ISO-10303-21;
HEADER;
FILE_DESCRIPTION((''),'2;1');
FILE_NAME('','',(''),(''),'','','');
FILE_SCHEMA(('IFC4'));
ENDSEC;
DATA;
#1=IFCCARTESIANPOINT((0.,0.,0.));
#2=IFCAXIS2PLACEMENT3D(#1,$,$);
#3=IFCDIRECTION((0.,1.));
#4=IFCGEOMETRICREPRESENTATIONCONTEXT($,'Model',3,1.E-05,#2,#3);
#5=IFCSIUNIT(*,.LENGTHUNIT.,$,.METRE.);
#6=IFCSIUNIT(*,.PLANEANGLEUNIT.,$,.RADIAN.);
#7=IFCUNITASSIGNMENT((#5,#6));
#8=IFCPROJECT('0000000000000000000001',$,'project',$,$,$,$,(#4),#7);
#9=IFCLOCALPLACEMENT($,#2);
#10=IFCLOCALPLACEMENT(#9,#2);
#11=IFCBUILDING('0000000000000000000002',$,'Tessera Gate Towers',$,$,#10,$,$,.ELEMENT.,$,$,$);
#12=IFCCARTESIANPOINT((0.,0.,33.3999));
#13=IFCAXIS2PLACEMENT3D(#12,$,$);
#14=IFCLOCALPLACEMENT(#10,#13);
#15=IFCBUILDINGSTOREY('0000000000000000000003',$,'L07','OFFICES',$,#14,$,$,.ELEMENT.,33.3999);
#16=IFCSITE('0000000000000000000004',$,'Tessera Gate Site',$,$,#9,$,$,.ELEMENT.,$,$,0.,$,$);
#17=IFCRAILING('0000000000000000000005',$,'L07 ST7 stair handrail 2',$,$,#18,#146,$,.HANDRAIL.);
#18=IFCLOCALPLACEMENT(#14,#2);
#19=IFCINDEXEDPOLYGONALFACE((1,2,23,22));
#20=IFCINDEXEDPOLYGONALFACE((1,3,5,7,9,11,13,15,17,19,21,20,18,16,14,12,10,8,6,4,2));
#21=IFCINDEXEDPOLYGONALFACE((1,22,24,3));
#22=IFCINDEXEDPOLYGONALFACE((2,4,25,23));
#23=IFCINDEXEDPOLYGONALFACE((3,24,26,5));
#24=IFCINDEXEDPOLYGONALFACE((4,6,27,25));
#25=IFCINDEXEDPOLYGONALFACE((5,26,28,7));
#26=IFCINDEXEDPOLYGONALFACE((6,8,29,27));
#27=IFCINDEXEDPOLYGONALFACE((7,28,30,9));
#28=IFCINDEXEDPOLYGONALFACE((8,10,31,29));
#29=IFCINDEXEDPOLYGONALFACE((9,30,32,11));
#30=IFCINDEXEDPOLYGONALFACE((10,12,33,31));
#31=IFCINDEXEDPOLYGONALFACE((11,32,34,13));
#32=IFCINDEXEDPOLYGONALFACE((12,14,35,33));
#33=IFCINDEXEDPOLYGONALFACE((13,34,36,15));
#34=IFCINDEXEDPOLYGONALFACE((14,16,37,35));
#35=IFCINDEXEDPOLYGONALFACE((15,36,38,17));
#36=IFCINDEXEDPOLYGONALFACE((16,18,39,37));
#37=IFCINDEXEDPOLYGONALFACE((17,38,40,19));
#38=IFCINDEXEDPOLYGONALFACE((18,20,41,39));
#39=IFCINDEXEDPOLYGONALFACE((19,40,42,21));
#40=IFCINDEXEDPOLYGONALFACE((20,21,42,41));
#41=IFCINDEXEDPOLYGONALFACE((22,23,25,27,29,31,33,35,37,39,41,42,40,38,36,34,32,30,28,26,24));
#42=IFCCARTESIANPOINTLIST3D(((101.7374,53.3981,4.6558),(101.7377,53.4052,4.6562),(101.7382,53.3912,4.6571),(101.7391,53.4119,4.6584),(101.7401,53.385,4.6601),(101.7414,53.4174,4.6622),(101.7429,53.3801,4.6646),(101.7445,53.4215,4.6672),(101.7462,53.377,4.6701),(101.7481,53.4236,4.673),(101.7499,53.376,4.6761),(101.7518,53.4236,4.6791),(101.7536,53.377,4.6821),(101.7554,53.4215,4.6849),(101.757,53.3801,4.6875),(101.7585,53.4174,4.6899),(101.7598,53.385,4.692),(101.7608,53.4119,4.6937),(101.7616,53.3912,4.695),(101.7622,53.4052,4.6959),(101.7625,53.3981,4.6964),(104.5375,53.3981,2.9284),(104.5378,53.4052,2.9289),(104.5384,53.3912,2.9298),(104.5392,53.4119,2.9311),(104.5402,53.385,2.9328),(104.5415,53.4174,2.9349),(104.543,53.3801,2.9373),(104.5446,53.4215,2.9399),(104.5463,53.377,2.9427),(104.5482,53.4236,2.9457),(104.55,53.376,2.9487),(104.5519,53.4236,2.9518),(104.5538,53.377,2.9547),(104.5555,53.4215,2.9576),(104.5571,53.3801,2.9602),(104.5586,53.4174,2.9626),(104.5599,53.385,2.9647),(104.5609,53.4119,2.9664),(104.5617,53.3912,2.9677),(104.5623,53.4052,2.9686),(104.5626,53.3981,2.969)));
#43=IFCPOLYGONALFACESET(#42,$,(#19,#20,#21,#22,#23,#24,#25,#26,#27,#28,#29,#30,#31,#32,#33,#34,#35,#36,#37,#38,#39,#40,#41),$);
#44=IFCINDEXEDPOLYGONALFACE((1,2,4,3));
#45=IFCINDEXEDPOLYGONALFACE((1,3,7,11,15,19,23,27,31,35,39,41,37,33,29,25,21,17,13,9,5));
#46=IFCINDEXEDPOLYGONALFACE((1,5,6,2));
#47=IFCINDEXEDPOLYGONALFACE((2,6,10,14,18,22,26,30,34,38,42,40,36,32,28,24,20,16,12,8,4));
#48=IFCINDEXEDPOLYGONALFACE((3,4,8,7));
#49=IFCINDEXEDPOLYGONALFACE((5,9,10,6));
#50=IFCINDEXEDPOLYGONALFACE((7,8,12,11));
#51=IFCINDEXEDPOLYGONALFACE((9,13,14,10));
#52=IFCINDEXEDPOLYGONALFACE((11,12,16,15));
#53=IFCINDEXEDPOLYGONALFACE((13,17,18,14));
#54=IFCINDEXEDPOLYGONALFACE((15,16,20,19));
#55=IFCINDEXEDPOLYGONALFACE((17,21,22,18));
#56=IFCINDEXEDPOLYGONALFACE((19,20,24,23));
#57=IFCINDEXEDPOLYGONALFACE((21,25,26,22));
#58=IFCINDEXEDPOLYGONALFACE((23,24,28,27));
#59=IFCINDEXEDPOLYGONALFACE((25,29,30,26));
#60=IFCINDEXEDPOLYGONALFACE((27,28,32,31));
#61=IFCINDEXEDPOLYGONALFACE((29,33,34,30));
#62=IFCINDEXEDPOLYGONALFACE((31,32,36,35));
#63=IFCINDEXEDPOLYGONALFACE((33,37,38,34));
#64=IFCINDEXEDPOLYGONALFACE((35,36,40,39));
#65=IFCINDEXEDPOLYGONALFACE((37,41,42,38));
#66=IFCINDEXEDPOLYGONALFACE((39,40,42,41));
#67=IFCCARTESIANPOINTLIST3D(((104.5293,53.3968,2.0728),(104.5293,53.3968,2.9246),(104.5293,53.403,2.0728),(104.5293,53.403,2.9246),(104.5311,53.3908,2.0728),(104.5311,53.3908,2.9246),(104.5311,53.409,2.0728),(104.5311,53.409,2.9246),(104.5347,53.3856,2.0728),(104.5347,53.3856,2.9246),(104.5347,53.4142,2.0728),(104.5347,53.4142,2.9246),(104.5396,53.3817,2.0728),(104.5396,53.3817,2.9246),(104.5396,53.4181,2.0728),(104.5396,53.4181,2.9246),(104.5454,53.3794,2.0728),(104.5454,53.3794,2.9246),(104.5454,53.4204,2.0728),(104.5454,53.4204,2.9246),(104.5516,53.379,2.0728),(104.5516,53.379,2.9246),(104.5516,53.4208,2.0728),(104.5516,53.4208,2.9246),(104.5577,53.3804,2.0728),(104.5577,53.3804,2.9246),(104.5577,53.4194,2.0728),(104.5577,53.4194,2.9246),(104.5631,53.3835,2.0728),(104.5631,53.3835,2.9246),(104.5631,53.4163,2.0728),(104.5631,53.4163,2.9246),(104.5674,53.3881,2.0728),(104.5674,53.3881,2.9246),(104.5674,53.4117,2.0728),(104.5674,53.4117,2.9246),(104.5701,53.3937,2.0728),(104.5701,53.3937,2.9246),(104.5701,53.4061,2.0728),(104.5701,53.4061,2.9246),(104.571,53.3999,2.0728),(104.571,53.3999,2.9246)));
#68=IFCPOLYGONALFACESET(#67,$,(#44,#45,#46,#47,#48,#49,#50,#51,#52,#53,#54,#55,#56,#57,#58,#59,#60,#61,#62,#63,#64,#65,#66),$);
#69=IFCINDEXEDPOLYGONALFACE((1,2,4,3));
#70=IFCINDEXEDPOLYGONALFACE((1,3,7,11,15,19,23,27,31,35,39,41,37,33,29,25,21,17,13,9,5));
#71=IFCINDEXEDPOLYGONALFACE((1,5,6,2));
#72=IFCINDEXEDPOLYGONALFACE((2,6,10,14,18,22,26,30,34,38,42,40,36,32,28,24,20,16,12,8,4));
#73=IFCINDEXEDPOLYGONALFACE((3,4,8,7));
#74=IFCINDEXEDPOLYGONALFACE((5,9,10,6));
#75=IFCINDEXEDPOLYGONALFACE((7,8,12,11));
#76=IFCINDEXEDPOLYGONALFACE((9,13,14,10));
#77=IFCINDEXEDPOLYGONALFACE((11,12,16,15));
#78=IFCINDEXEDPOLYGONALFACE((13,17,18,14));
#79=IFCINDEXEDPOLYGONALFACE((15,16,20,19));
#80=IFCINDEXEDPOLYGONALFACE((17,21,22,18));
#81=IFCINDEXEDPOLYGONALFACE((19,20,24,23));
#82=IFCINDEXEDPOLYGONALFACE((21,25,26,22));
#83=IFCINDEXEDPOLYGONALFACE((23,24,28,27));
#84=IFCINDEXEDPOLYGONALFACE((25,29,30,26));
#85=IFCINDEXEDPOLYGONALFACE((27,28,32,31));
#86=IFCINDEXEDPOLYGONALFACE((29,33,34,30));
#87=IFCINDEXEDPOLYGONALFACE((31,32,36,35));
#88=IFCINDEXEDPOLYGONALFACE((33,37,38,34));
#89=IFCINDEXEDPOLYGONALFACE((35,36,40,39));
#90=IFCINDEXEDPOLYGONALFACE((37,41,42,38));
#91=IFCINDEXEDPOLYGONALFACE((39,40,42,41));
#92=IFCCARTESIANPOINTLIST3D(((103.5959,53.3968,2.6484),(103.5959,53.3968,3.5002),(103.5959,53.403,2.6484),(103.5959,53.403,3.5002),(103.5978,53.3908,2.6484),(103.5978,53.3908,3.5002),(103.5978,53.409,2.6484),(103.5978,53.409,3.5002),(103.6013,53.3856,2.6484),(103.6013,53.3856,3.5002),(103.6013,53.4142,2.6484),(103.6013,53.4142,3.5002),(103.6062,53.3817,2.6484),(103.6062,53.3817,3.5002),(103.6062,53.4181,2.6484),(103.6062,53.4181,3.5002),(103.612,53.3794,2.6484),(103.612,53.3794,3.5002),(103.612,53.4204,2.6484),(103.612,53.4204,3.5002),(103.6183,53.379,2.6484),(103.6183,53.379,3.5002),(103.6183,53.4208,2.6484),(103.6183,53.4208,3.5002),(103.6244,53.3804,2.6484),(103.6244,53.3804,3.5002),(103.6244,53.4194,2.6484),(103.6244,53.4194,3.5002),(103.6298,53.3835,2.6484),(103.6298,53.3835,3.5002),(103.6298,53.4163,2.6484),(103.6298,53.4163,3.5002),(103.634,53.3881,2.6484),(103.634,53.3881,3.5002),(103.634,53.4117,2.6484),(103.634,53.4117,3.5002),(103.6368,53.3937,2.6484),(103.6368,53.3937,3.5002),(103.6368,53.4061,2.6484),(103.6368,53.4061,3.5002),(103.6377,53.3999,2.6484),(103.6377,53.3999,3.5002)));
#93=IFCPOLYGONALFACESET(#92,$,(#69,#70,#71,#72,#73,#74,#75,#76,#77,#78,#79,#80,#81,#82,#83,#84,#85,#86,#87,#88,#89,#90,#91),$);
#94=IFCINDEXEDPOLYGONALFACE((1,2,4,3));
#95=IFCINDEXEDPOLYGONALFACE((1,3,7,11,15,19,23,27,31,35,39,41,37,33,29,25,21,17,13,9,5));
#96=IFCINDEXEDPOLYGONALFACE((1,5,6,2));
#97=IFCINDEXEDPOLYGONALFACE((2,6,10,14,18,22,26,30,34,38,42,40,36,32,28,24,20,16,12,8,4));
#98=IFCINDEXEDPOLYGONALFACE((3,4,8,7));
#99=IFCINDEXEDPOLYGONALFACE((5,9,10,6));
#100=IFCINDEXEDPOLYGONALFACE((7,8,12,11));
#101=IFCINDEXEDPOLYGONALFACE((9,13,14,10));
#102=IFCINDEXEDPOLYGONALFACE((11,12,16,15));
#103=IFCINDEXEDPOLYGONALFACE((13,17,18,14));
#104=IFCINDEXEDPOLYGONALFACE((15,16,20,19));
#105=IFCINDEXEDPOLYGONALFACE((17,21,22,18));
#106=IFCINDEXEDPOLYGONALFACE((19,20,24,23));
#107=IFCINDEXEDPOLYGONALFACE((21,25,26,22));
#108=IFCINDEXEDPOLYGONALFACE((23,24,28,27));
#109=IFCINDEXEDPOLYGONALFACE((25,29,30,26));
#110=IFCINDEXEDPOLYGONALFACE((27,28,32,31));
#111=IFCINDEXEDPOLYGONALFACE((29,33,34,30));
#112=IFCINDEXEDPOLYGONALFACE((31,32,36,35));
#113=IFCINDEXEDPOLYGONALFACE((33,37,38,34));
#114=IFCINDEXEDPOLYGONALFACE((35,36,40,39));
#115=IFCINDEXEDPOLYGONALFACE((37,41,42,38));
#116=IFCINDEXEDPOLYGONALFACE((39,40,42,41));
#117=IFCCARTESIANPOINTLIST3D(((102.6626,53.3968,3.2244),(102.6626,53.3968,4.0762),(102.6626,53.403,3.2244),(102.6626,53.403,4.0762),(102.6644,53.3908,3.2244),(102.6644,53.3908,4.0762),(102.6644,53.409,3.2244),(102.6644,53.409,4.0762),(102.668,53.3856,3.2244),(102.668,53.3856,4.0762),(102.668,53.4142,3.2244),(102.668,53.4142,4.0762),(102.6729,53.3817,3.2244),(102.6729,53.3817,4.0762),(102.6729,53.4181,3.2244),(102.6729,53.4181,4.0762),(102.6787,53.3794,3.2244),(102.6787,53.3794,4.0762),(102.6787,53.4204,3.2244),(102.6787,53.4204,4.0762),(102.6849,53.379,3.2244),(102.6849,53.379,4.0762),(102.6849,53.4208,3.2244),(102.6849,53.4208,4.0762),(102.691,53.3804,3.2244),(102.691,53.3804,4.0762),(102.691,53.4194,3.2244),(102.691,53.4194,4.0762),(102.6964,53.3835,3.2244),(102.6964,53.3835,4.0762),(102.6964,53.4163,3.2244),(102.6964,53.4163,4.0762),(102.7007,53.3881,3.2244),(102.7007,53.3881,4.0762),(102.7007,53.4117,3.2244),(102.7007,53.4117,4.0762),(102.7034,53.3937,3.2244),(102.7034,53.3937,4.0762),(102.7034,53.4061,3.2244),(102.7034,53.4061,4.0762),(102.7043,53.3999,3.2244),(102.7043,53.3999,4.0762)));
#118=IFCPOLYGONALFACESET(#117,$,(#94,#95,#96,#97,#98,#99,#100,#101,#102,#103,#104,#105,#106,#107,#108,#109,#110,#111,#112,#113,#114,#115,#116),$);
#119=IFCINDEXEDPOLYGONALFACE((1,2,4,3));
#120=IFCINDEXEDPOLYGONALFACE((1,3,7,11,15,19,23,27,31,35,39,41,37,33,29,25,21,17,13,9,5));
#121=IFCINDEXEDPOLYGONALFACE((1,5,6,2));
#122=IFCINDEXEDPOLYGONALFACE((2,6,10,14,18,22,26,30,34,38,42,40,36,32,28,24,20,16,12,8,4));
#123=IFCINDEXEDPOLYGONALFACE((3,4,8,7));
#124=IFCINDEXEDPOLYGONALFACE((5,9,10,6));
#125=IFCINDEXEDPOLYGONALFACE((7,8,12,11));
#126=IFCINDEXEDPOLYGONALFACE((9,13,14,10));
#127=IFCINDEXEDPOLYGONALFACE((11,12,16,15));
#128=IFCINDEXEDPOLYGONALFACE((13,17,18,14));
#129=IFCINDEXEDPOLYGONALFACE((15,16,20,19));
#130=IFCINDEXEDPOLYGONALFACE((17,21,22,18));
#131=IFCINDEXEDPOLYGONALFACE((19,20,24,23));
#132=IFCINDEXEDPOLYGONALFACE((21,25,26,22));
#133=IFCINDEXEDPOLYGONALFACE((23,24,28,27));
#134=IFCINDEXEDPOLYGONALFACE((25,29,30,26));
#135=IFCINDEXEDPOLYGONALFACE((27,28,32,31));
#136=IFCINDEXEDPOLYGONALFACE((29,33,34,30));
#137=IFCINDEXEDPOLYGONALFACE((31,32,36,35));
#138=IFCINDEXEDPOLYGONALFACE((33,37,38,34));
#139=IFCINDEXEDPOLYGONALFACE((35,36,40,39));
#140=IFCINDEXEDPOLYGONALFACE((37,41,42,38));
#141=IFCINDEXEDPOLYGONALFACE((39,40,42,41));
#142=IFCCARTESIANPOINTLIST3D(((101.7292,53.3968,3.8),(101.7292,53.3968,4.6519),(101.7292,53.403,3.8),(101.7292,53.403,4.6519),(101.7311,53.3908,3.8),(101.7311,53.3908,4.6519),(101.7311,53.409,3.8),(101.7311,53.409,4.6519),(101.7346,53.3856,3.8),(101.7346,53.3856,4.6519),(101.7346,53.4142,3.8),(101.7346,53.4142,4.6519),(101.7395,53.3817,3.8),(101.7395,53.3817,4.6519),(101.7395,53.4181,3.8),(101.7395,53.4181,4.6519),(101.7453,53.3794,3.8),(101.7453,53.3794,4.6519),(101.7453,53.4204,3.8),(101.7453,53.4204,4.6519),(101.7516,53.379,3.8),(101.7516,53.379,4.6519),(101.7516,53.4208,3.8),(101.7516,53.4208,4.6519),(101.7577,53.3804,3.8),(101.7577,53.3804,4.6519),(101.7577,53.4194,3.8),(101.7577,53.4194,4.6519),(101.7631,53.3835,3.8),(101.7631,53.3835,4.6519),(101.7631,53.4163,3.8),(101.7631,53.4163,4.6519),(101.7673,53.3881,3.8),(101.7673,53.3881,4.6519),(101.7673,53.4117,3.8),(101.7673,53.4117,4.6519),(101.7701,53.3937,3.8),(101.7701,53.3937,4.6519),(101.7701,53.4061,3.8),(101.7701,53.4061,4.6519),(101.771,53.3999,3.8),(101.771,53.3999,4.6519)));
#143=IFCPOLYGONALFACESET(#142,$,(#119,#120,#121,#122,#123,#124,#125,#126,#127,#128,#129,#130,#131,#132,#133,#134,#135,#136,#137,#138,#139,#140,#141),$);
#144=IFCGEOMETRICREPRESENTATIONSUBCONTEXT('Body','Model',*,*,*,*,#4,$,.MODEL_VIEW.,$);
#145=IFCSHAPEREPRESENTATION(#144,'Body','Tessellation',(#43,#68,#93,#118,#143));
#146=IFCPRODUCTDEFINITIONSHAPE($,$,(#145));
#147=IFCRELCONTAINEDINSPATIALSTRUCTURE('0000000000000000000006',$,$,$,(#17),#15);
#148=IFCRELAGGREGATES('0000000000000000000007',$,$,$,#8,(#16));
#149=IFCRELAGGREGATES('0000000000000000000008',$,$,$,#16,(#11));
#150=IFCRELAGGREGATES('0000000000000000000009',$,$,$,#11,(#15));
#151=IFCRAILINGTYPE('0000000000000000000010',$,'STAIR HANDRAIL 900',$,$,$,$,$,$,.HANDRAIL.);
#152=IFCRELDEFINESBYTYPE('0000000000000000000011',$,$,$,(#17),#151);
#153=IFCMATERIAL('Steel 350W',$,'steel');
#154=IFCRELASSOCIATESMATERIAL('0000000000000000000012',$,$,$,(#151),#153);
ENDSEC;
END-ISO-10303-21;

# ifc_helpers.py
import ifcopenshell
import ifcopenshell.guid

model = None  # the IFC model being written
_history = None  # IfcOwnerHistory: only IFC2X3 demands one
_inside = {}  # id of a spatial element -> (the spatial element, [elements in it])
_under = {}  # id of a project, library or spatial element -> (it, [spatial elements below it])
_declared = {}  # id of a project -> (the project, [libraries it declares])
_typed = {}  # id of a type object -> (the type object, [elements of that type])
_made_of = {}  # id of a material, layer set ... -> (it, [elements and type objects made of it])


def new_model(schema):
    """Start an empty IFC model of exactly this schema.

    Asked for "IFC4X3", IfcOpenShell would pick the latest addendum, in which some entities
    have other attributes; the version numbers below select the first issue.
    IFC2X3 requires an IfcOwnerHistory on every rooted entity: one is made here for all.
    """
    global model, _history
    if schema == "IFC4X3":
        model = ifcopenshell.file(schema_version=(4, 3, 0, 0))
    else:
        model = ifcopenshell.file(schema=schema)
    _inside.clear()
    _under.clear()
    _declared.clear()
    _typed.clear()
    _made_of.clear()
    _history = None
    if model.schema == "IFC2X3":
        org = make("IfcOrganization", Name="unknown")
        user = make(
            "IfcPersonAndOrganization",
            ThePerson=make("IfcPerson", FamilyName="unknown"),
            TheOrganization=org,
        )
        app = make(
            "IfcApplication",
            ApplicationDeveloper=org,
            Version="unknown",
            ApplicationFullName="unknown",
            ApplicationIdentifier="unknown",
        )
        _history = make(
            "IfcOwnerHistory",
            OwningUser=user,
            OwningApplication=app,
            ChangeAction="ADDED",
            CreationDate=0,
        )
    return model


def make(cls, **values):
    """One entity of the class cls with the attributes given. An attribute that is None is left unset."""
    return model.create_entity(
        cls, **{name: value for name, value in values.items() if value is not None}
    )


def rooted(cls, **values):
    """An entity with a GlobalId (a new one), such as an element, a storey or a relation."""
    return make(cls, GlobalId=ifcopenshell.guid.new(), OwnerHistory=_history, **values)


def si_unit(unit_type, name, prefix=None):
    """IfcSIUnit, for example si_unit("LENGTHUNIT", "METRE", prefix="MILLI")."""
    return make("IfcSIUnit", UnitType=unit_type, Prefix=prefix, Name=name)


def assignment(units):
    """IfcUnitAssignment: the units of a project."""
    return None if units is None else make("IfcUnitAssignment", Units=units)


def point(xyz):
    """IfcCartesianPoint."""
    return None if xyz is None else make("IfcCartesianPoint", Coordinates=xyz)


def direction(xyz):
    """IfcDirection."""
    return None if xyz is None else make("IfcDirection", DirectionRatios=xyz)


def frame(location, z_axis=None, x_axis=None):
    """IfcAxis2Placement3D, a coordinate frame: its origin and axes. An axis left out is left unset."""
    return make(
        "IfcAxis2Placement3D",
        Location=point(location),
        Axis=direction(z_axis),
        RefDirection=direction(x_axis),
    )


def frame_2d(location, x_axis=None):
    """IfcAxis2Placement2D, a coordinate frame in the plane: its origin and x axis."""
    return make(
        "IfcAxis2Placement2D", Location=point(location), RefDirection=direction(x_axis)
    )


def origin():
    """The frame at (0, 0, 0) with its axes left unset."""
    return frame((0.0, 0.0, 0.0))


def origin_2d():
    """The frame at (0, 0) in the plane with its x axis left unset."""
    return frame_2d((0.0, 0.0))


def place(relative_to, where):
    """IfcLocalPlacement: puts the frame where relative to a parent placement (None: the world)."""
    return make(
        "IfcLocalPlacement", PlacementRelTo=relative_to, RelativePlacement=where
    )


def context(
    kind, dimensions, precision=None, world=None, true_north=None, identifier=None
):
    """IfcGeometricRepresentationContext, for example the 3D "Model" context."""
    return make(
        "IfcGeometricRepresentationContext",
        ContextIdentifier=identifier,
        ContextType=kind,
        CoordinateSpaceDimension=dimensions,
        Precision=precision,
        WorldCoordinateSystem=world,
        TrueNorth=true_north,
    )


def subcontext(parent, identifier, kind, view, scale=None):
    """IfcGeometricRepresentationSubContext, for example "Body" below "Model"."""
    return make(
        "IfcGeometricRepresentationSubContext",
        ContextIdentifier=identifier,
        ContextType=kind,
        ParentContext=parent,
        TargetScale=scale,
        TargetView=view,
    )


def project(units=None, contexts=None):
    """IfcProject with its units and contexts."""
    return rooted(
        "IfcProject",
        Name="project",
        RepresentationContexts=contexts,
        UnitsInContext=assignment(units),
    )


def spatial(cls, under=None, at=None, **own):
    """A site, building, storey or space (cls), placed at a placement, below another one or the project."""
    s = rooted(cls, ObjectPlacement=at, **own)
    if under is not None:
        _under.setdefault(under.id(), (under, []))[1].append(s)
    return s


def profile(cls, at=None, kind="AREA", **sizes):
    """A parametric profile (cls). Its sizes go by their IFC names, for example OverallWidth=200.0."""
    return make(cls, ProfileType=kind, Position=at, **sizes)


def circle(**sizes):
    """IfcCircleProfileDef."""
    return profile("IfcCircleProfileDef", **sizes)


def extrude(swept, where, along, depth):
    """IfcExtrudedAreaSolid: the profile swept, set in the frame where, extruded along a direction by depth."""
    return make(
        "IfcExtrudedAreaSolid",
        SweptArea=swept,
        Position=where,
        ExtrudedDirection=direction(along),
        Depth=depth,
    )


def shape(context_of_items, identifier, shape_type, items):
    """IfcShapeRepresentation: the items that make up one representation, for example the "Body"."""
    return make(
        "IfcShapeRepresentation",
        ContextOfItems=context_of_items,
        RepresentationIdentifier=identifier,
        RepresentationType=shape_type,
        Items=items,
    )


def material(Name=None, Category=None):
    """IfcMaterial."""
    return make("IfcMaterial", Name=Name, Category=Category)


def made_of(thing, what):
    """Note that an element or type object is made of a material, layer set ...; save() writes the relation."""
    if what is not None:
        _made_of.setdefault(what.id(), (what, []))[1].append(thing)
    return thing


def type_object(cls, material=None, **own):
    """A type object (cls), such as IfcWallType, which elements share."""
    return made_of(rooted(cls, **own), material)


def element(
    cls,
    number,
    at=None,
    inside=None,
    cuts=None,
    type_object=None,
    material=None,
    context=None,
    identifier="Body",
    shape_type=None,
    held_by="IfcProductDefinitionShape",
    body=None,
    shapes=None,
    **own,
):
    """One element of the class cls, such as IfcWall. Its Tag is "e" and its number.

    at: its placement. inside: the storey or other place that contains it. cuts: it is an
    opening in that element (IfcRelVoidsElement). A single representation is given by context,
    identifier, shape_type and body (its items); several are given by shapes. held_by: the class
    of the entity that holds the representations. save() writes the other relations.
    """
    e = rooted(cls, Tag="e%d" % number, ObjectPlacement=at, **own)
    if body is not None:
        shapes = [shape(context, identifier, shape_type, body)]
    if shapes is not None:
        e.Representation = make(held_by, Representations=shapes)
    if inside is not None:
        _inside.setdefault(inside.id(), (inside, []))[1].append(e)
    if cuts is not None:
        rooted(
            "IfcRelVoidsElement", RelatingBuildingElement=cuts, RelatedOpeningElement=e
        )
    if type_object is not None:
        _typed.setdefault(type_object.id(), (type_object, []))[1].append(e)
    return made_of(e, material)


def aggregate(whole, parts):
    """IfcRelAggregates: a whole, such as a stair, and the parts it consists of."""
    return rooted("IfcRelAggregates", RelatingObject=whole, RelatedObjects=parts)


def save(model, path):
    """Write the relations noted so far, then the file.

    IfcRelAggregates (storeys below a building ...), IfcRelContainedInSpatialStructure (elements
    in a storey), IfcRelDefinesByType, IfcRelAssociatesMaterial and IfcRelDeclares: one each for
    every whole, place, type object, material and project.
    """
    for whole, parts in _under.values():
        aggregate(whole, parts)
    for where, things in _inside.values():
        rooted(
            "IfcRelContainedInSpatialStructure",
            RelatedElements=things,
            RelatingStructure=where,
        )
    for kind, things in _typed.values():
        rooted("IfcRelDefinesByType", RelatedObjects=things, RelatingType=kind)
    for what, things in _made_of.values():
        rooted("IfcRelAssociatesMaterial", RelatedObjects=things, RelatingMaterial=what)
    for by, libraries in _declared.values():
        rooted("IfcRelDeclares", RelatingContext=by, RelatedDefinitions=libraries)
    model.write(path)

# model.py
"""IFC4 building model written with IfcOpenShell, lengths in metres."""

from ifc_helpers import new_model, si_unit, direction, frame, origin, origin_2d, place, context, subcontext, project, spatial, circle, extrude, material, type_object, element, save


model = new_model("IFC4")

# Units and contexts
model_context = context("Model", 3, precision=1e-05, world=origin(), true_north=direction((0.0, 1.0)))
body_context = subcontext(model_context, "Body", "Model", "MODEL_VIEW")
ifc_project = project(units=[si_unit("LENGTHUNIT", "METRE"), si_unit("PLANEANGLEUNIT", "RADIAN")], contexts=[model_context])

# Site, building, storey
site_placement = place(None, origin())
site = spatial("IfcSite", under=ifc_project, at=site_placement, Name="Tessera Gate Site", CompositionType="ELEMENT", RefElevation=0.0)
building_placement = place(site_placement, origin())
building = spatial("IfcBuilding", under=site, at=building_placement, Name="Tessera Gate Towers", CompositionType="ELEMENT")
storey_placement = place(building_placement, frame((0.0, 0.0, 33.3999)))
storey = spatial("IfcBuildingStorey", under=building, at=storey_placement, Name="L07", Description="OFFICES", CompositionType="ELEMENT", Elevation=33.3999)

# Railing
ifc_material_1 = material(Name="Steel 350W", Category="steel")
railing_type_1 = type_object("IfcRailingType", Name="STAIR HANDRAIL 900", PredefinedType="HANDRAIL", material=ifc_material_1)
railing_1_placement = place(storey_placement, frame((104.55, 53.3999, 2.0728)))
element("IfcRailing", 1, at=railing_1_placement, inside=storey, type_object=railing_type_1, Name="L07 ST7 stair handrail 2", PredefinedType="HANDRAIL", context=body_context, shape_type="SweptSolid", body=[
    extrude(circle(Radius=0.0239, at=origin_2d()), frame((0.0, 0.0, 0.876), z_axis=(-0.85109, 0.0, 0.52502), x_axis=(0.0, -1.0, 0.0)), (0.0, 0.0, 1.0), 3.29),
    extrude(circle(Radius=0.021, at=origin_2d()), origin(), (0.0, 0.0, 1.0), 0.8518),
    extrude(circle(Radius=0.021, at=origin_2d()), frame((-0.9333, 0.0, 0.5757)), (0.0, 0.0, 1.0), 0.8518),
    extrude(circle(Radius=0.021, at=origin_2d()), frame((-1.8667, 0.0, 1.1516)), (0.0, 0.0, 1.0), 0.8518),
    extrude(circle(Radius=0.021, at=origin_2d()), frame((-2.8, 0.0, 1.7273)), (0.0, 0.0, 1.0), 0.8518),
])

save(model, "model.ifc")
